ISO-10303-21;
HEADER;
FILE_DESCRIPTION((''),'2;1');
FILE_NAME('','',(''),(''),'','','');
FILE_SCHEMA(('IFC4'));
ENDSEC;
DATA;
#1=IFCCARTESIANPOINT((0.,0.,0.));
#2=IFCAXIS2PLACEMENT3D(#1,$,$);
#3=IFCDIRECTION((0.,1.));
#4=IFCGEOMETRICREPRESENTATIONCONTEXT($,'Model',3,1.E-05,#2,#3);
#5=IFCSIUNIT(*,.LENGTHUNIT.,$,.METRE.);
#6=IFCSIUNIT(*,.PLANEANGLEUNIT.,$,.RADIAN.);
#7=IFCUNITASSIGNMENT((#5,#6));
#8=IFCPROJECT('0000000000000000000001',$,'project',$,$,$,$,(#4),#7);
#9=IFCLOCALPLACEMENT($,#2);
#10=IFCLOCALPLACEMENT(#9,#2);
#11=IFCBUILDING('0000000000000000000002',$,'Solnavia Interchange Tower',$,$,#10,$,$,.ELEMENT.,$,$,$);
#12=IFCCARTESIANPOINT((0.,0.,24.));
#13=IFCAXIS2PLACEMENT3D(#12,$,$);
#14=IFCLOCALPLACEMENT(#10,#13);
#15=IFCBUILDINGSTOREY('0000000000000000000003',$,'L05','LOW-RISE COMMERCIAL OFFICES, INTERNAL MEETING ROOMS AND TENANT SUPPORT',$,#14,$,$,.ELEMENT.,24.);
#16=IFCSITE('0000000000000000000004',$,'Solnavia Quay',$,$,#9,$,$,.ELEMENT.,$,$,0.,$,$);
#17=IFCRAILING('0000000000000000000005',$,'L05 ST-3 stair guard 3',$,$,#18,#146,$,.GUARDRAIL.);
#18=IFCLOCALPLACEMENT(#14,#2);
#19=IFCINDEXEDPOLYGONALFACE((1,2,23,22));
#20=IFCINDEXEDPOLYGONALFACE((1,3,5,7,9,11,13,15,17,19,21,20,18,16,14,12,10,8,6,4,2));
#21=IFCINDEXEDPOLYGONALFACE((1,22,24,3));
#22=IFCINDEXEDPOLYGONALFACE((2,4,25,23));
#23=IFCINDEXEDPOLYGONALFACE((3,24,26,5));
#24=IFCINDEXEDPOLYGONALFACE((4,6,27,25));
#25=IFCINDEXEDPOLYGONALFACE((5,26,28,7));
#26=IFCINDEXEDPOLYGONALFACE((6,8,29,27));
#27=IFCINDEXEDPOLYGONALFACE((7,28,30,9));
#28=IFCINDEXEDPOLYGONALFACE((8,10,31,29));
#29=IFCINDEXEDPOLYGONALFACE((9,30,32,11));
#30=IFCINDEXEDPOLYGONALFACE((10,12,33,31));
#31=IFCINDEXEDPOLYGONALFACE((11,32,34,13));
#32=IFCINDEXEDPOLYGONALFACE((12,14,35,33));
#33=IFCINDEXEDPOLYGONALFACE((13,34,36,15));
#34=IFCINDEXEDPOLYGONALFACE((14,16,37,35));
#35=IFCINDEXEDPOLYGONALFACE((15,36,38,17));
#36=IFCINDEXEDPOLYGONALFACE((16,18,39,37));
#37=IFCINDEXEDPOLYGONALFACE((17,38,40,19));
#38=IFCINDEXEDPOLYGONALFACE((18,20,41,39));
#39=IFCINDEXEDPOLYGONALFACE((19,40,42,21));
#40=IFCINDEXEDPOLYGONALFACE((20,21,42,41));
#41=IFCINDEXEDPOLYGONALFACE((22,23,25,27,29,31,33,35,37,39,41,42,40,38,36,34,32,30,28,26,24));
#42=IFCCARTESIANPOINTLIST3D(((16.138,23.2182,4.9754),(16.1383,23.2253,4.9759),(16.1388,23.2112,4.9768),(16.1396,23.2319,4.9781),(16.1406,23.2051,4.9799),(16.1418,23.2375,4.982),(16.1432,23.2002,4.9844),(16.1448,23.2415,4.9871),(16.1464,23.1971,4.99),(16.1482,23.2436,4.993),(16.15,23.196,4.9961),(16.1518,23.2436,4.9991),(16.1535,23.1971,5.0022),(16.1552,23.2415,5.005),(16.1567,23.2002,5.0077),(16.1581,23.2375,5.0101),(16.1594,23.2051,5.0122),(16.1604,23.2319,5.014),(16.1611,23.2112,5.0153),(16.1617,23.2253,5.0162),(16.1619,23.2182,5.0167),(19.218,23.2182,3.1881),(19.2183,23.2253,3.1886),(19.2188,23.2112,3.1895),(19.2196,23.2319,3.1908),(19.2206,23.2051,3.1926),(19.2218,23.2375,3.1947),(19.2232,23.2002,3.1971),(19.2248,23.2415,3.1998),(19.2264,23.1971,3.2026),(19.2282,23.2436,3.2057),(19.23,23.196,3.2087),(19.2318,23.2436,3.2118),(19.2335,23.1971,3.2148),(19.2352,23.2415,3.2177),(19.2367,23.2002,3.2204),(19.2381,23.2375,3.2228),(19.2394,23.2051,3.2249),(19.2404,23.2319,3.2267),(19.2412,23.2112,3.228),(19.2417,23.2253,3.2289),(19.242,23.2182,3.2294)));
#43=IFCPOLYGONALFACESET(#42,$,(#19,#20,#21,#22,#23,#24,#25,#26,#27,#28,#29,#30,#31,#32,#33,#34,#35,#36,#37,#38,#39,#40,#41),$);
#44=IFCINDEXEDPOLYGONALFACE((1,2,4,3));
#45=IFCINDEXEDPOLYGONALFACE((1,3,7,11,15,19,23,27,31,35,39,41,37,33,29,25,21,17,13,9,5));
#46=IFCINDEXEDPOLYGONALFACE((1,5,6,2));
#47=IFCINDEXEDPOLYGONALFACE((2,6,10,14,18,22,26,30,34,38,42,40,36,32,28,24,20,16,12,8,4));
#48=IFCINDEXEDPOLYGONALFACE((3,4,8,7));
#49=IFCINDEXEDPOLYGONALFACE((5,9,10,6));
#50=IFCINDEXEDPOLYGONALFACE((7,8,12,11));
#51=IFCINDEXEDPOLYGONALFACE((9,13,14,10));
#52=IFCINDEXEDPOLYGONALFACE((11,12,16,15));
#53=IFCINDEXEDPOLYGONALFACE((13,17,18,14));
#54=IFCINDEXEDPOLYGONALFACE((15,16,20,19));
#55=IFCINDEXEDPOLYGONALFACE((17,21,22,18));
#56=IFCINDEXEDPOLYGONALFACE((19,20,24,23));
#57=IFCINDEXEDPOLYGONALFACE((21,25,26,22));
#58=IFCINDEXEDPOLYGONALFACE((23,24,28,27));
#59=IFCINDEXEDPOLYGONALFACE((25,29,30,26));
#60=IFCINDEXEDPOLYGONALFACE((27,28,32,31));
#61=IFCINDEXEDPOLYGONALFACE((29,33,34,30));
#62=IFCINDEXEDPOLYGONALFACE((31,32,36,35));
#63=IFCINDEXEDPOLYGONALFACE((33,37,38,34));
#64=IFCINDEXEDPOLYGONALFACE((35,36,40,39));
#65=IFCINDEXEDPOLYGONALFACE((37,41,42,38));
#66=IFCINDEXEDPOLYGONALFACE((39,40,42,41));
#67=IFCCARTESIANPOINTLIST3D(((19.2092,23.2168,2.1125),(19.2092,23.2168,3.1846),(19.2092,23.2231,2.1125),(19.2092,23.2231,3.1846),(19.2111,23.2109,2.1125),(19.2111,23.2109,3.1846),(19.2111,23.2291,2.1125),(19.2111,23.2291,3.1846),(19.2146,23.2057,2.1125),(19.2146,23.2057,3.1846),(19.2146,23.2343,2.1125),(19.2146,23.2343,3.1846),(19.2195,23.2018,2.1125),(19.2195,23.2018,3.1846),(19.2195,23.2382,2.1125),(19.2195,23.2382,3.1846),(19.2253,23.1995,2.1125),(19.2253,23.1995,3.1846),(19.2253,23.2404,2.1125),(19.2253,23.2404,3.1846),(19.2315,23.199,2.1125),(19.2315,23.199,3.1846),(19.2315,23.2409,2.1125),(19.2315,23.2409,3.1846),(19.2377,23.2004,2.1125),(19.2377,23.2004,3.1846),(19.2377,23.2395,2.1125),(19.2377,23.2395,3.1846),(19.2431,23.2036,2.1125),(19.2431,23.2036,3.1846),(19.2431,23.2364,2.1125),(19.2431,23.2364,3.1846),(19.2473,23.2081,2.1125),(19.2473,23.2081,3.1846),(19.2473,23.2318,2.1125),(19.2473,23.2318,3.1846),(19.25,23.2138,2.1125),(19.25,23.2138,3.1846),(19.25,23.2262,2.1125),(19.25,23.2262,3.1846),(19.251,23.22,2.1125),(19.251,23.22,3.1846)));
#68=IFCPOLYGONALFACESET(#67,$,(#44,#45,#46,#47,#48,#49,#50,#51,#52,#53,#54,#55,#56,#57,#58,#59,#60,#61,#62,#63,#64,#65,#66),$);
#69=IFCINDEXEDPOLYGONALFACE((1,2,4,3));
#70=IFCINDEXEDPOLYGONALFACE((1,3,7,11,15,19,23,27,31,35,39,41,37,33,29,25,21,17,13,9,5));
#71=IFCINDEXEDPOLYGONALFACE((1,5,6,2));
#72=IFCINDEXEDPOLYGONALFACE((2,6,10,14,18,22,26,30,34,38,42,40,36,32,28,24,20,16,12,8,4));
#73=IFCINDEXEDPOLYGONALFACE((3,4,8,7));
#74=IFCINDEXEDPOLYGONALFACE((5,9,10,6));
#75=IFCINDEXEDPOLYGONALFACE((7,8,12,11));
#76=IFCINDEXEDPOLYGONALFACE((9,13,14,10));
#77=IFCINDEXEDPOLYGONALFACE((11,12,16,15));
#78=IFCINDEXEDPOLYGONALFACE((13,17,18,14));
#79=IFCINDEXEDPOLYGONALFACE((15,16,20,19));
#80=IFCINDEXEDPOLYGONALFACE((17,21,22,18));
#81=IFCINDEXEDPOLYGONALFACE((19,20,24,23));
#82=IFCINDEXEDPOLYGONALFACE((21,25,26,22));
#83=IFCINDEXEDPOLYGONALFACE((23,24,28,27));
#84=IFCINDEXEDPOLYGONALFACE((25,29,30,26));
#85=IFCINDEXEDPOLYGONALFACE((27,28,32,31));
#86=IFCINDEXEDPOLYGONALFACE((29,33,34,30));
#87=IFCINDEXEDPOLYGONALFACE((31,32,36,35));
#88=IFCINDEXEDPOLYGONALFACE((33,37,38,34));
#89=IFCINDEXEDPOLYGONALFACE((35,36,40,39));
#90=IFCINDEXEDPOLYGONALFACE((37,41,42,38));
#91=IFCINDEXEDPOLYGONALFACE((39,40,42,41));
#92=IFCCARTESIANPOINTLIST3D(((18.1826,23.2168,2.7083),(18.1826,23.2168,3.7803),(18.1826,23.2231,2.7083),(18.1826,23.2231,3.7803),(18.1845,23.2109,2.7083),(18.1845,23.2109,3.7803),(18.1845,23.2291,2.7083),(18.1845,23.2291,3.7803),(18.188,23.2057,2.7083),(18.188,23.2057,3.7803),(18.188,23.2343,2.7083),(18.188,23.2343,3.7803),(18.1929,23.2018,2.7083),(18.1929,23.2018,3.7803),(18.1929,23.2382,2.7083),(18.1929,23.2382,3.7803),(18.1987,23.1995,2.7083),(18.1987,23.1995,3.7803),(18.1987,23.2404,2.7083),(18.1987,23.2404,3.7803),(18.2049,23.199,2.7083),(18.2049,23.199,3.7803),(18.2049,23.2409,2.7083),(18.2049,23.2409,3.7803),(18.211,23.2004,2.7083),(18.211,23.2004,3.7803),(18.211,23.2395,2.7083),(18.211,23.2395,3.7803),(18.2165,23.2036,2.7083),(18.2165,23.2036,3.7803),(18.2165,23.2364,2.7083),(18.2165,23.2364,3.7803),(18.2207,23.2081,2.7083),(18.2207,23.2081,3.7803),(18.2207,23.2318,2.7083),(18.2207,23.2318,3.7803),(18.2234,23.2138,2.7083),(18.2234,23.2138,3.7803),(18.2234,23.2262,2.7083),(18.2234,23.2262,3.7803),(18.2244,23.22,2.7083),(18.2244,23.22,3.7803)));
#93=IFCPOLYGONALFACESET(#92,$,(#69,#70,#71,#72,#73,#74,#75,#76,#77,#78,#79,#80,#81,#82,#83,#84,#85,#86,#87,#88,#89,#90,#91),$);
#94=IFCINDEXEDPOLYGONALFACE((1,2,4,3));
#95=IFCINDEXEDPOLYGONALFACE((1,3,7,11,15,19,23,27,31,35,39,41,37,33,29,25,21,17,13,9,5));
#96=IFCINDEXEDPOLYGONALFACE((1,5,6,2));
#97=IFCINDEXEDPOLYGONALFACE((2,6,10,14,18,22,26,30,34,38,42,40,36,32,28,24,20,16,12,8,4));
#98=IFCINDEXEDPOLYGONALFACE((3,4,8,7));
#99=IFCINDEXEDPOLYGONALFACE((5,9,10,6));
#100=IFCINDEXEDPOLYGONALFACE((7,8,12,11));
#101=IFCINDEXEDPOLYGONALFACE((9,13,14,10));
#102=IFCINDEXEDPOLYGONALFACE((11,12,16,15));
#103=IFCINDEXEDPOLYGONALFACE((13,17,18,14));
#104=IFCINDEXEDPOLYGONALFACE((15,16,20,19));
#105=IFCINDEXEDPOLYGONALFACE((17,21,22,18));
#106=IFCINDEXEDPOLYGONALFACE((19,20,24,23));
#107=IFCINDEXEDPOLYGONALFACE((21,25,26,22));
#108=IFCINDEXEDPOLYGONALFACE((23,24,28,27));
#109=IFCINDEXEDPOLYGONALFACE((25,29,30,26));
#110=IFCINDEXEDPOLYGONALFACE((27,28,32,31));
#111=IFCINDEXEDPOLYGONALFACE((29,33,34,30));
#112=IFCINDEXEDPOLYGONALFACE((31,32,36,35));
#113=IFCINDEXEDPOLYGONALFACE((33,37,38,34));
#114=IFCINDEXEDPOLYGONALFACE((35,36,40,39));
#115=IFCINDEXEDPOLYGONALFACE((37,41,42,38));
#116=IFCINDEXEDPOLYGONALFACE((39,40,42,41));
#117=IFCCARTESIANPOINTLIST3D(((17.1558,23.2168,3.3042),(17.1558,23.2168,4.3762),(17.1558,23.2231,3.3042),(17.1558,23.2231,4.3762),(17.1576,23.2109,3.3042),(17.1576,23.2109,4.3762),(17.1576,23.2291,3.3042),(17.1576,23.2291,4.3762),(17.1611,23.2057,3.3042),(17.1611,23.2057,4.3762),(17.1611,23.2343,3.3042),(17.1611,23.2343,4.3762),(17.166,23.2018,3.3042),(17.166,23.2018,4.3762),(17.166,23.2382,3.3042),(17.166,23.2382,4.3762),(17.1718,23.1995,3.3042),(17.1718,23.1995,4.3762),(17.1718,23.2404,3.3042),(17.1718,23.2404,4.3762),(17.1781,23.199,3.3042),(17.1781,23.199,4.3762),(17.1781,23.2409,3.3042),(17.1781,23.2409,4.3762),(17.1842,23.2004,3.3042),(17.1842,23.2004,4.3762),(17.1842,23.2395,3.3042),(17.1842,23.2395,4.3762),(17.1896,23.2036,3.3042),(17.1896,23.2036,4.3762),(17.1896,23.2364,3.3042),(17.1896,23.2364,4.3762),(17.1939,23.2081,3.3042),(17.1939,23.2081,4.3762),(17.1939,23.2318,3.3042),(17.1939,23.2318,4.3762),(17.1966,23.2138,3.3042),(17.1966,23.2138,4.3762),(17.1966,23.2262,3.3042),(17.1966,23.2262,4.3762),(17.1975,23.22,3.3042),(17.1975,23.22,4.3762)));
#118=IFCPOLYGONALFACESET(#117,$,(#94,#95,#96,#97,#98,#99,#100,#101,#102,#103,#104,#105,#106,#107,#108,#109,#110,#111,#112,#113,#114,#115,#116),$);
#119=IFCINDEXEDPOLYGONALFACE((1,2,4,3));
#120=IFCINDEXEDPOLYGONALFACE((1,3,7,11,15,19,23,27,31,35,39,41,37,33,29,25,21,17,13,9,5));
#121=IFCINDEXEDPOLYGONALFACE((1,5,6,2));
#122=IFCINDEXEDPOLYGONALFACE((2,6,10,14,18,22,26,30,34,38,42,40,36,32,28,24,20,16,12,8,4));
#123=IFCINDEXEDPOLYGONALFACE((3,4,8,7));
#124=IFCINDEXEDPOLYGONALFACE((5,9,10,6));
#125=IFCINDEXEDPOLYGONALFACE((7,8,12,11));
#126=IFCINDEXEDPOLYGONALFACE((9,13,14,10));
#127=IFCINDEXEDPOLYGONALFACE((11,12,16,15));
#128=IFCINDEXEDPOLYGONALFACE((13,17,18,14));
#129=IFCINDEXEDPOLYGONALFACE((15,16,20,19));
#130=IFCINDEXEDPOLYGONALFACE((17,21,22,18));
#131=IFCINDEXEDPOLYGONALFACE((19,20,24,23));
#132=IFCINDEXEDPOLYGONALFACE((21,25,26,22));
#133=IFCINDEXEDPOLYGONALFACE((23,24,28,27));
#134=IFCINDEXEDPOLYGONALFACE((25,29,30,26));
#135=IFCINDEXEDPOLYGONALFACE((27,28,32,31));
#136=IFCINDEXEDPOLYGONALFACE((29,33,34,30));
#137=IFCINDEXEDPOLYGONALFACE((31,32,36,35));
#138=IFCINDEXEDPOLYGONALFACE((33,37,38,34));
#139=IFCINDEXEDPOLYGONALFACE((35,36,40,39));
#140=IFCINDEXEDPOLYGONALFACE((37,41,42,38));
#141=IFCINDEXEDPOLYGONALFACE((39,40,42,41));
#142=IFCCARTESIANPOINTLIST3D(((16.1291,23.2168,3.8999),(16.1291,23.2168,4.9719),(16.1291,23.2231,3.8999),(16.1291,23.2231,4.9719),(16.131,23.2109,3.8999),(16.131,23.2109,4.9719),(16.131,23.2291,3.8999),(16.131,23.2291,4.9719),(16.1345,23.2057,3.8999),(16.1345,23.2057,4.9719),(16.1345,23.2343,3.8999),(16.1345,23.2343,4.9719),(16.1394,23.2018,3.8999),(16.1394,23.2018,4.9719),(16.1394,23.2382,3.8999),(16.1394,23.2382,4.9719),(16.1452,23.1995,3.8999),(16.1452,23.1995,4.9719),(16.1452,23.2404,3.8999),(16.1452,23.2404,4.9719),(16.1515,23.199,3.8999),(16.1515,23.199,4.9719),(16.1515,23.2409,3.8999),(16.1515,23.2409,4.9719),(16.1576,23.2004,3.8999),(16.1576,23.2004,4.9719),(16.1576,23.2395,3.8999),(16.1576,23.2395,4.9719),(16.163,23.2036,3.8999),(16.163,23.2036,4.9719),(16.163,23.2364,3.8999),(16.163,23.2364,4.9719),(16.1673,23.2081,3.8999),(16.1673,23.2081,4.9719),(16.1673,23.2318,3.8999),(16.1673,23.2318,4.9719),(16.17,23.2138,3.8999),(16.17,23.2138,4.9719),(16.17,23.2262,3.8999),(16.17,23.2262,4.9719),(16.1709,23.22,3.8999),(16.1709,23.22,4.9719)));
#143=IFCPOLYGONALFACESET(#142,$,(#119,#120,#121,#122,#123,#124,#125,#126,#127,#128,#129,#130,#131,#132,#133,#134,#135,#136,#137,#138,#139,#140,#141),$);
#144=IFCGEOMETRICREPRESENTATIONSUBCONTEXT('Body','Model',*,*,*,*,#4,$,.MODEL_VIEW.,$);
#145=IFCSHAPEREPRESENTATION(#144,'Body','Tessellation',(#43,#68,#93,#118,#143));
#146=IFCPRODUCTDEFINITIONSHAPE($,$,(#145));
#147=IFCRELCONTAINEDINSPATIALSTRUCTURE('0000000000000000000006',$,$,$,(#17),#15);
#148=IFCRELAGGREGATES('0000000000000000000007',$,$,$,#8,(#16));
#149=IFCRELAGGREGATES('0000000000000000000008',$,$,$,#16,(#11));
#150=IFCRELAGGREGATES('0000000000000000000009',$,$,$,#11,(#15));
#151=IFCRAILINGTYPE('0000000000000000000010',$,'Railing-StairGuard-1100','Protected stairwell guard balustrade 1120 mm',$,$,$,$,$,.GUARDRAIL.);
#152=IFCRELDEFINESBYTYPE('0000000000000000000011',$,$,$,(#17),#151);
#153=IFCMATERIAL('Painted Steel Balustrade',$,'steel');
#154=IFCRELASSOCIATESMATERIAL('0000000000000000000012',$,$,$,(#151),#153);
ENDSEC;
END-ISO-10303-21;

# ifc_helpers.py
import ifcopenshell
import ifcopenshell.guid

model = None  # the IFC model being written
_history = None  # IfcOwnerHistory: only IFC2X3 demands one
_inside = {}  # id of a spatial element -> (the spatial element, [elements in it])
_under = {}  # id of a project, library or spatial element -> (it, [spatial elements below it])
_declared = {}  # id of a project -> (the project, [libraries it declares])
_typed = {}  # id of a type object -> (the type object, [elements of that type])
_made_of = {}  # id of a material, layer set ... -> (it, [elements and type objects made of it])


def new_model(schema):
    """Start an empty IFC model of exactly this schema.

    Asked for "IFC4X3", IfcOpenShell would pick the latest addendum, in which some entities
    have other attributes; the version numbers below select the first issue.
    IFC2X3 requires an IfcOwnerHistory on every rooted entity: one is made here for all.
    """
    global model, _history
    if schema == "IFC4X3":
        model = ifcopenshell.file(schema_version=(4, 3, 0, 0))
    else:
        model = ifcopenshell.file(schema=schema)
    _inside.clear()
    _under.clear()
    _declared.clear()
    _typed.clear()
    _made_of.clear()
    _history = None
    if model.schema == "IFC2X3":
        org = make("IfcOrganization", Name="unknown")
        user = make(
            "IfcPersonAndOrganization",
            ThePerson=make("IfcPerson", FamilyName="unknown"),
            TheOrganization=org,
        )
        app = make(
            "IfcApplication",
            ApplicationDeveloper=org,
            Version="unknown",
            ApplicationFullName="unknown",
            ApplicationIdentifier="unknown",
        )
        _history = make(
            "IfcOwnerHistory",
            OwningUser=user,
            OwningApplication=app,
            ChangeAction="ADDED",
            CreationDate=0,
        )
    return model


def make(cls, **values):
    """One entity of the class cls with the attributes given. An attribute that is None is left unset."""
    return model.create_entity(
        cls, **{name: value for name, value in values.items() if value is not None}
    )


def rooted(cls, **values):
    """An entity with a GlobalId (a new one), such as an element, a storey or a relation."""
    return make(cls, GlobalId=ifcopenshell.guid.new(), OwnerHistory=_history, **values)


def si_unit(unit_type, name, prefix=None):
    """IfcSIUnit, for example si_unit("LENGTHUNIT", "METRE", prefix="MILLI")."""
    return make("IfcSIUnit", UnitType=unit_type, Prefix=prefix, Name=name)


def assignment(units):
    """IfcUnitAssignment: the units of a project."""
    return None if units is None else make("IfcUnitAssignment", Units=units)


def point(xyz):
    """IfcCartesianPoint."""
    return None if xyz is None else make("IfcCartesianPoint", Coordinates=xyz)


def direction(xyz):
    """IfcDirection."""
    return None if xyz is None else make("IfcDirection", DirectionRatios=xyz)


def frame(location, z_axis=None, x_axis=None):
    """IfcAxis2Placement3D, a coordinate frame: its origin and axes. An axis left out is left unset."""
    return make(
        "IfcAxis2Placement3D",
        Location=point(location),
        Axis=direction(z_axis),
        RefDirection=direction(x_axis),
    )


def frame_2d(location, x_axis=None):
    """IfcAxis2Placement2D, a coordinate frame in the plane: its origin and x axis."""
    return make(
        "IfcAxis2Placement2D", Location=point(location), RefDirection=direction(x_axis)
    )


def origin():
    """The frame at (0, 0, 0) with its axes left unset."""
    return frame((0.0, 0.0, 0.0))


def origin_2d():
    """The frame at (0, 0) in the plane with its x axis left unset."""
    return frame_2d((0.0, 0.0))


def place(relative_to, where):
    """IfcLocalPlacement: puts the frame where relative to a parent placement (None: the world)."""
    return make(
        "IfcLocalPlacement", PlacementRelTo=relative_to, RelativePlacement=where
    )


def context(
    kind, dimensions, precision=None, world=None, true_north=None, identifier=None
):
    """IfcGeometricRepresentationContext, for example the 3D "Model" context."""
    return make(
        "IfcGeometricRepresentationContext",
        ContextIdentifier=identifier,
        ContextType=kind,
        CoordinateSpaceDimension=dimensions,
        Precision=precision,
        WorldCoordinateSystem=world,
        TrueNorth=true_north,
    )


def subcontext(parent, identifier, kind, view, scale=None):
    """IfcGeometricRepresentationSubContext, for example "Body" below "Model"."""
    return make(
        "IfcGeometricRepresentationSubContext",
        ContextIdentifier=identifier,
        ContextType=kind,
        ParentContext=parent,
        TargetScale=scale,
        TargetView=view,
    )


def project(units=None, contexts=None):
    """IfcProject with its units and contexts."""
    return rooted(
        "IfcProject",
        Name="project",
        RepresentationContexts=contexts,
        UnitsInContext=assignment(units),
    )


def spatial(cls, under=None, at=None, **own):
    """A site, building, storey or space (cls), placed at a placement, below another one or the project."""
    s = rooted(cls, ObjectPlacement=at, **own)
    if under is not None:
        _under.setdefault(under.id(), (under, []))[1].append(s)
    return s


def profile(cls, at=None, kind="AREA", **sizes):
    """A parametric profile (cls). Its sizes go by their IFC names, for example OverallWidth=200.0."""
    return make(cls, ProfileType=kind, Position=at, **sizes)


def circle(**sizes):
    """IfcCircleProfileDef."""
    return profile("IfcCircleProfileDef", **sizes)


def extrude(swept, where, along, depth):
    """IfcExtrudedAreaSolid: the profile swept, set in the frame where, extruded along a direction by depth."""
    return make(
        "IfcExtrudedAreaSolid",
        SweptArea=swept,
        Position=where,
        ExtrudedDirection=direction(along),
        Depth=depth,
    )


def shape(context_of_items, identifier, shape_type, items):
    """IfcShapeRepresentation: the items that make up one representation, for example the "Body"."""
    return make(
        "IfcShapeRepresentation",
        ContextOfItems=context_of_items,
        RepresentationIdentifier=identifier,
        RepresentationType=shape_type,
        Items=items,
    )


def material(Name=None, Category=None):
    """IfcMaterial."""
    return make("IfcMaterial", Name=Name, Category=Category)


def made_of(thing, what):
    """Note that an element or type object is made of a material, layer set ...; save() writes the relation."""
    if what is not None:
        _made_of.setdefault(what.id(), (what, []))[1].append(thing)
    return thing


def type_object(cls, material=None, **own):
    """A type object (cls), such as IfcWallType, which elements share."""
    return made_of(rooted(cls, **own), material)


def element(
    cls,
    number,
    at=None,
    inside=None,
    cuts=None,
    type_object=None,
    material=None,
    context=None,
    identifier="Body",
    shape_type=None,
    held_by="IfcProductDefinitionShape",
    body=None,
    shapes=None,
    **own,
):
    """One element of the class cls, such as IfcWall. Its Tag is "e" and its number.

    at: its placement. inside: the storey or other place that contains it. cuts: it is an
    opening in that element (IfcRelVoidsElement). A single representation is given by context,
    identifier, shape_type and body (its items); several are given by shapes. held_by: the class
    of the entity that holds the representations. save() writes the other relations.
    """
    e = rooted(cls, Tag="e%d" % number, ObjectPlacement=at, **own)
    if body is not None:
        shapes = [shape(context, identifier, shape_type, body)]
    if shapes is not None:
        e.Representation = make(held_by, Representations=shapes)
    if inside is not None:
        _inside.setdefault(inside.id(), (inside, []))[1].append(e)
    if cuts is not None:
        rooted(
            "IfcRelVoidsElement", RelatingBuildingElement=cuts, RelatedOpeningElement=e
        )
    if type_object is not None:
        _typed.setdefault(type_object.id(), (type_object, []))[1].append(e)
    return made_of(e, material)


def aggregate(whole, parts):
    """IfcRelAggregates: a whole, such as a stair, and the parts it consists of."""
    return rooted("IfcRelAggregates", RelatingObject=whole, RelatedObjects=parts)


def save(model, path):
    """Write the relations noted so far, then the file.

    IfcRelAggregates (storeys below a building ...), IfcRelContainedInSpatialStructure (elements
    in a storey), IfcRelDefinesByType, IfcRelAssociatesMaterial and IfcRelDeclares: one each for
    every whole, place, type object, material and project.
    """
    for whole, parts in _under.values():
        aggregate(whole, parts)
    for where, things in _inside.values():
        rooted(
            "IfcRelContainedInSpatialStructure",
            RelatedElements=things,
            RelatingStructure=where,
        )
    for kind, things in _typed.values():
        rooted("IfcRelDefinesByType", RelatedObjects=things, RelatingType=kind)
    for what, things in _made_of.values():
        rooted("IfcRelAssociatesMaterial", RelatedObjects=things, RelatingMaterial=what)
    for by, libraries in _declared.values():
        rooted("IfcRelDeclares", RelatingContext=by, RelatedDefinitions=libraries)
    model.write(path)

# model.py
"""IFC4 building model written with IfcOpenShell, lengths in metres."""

from ifc_helpers import new_model, si_unit, direction, frame, origin, origin_2d, place, context, subcontext, project, spatial, circle, extrude, material, type_object, element, save


model = new_model("IFC4")

# Units and contexts
model_context = context("Model", 3, precision=1e-05, world=origin(), true_north=direction((0.0, 1.0)))
body_context = subcontext(model_context, "Body", "Model", "MODEL_VIEW")
ifc_project = project(units=[si_unit("LENGTHUNIT", "METRE"), si_unit("PLANEANGLEUNIT", "RADIAN")], contexts=[model_context])

# Site, building, storey
site_placement = place(None, origin())
site = spatial("IfcSite", under=ifc_project, at=site_placement, Name="Solnavia Quay", CompositionType="ELEMENT", RefElevation=0.0)
building_placement = place(site_placement, origin())
building = spatial("IfcBuilding", under=site, at=building_placement, Name="Solnavia Interchange Tower", CompositionType="ELEMENT")
storey_placement = place(building_placement, frame((0.0, 0.0, 24.0)))
storey = spatial("IfcBuildingStorey", under=building, at=storey_placement, Name="L05", Description="LOW-RISE COMMERCIAL OFFICES, INTERNAL MEETING ROOMS AND TENANT SUPPORT", CompositionType="ELEMENT", Elevation=24.0)

# Railing
ifc_material_1 = material(Name="Painted Steel Balustrade", Category="steel")
railing_type_1 = type_object("IfcRailingType", Name="Railing-StairGuard-1100", Description="Protected stairwell guard balustrade 1120 mm", PredefinedType="GUARDRAIL", material=ifc_material_1)
railing_1_placement = place(storey_placement, frame((19.23, 23.22, 2.1125)))
element("IfcRailing", 1, at=railing_1_placement, inside=storey, type_object=railing_type_1, Name="L05 ST-3 stair guard 3", PredefinedType="GUARDRAIL", context=body_context, shape_type="SweptSolid", body=[
    extrude(circle(Radius=0.0239, at=origin_2d()), frame((0.0, 0.0, 1.0962), z_axis=(-0.86492, 0.0, 0.501909), x_axis=(0.0, -1.0, 0.0)), (0.0, 0.0, 1.0), 3.561),
    extrude(circle(Radius=0.021, at=origin_2d()), origin(), (0.0, 0.0, 1.0), 1.072),
    extrude(circle(Radius=0.021, at=origin_2d()), frame((-1.0266, 0.0, 0.5957)), (0.0, 0.0, 1.0), 1.072),
    extrude(circle(Radius=0.021, at=origin_2d()), frame((-2.0535, 0.0, 1.1917)), (0.0, 0.0, 1.0), 1.072),
    extrude(circle(Radius=0.021, at=origin_2d()), frame((-3.0801, 0.0, 1.7874)), (0.0, 0.0, 1.0), 1.072),
])

save(model, "model.ifc")
